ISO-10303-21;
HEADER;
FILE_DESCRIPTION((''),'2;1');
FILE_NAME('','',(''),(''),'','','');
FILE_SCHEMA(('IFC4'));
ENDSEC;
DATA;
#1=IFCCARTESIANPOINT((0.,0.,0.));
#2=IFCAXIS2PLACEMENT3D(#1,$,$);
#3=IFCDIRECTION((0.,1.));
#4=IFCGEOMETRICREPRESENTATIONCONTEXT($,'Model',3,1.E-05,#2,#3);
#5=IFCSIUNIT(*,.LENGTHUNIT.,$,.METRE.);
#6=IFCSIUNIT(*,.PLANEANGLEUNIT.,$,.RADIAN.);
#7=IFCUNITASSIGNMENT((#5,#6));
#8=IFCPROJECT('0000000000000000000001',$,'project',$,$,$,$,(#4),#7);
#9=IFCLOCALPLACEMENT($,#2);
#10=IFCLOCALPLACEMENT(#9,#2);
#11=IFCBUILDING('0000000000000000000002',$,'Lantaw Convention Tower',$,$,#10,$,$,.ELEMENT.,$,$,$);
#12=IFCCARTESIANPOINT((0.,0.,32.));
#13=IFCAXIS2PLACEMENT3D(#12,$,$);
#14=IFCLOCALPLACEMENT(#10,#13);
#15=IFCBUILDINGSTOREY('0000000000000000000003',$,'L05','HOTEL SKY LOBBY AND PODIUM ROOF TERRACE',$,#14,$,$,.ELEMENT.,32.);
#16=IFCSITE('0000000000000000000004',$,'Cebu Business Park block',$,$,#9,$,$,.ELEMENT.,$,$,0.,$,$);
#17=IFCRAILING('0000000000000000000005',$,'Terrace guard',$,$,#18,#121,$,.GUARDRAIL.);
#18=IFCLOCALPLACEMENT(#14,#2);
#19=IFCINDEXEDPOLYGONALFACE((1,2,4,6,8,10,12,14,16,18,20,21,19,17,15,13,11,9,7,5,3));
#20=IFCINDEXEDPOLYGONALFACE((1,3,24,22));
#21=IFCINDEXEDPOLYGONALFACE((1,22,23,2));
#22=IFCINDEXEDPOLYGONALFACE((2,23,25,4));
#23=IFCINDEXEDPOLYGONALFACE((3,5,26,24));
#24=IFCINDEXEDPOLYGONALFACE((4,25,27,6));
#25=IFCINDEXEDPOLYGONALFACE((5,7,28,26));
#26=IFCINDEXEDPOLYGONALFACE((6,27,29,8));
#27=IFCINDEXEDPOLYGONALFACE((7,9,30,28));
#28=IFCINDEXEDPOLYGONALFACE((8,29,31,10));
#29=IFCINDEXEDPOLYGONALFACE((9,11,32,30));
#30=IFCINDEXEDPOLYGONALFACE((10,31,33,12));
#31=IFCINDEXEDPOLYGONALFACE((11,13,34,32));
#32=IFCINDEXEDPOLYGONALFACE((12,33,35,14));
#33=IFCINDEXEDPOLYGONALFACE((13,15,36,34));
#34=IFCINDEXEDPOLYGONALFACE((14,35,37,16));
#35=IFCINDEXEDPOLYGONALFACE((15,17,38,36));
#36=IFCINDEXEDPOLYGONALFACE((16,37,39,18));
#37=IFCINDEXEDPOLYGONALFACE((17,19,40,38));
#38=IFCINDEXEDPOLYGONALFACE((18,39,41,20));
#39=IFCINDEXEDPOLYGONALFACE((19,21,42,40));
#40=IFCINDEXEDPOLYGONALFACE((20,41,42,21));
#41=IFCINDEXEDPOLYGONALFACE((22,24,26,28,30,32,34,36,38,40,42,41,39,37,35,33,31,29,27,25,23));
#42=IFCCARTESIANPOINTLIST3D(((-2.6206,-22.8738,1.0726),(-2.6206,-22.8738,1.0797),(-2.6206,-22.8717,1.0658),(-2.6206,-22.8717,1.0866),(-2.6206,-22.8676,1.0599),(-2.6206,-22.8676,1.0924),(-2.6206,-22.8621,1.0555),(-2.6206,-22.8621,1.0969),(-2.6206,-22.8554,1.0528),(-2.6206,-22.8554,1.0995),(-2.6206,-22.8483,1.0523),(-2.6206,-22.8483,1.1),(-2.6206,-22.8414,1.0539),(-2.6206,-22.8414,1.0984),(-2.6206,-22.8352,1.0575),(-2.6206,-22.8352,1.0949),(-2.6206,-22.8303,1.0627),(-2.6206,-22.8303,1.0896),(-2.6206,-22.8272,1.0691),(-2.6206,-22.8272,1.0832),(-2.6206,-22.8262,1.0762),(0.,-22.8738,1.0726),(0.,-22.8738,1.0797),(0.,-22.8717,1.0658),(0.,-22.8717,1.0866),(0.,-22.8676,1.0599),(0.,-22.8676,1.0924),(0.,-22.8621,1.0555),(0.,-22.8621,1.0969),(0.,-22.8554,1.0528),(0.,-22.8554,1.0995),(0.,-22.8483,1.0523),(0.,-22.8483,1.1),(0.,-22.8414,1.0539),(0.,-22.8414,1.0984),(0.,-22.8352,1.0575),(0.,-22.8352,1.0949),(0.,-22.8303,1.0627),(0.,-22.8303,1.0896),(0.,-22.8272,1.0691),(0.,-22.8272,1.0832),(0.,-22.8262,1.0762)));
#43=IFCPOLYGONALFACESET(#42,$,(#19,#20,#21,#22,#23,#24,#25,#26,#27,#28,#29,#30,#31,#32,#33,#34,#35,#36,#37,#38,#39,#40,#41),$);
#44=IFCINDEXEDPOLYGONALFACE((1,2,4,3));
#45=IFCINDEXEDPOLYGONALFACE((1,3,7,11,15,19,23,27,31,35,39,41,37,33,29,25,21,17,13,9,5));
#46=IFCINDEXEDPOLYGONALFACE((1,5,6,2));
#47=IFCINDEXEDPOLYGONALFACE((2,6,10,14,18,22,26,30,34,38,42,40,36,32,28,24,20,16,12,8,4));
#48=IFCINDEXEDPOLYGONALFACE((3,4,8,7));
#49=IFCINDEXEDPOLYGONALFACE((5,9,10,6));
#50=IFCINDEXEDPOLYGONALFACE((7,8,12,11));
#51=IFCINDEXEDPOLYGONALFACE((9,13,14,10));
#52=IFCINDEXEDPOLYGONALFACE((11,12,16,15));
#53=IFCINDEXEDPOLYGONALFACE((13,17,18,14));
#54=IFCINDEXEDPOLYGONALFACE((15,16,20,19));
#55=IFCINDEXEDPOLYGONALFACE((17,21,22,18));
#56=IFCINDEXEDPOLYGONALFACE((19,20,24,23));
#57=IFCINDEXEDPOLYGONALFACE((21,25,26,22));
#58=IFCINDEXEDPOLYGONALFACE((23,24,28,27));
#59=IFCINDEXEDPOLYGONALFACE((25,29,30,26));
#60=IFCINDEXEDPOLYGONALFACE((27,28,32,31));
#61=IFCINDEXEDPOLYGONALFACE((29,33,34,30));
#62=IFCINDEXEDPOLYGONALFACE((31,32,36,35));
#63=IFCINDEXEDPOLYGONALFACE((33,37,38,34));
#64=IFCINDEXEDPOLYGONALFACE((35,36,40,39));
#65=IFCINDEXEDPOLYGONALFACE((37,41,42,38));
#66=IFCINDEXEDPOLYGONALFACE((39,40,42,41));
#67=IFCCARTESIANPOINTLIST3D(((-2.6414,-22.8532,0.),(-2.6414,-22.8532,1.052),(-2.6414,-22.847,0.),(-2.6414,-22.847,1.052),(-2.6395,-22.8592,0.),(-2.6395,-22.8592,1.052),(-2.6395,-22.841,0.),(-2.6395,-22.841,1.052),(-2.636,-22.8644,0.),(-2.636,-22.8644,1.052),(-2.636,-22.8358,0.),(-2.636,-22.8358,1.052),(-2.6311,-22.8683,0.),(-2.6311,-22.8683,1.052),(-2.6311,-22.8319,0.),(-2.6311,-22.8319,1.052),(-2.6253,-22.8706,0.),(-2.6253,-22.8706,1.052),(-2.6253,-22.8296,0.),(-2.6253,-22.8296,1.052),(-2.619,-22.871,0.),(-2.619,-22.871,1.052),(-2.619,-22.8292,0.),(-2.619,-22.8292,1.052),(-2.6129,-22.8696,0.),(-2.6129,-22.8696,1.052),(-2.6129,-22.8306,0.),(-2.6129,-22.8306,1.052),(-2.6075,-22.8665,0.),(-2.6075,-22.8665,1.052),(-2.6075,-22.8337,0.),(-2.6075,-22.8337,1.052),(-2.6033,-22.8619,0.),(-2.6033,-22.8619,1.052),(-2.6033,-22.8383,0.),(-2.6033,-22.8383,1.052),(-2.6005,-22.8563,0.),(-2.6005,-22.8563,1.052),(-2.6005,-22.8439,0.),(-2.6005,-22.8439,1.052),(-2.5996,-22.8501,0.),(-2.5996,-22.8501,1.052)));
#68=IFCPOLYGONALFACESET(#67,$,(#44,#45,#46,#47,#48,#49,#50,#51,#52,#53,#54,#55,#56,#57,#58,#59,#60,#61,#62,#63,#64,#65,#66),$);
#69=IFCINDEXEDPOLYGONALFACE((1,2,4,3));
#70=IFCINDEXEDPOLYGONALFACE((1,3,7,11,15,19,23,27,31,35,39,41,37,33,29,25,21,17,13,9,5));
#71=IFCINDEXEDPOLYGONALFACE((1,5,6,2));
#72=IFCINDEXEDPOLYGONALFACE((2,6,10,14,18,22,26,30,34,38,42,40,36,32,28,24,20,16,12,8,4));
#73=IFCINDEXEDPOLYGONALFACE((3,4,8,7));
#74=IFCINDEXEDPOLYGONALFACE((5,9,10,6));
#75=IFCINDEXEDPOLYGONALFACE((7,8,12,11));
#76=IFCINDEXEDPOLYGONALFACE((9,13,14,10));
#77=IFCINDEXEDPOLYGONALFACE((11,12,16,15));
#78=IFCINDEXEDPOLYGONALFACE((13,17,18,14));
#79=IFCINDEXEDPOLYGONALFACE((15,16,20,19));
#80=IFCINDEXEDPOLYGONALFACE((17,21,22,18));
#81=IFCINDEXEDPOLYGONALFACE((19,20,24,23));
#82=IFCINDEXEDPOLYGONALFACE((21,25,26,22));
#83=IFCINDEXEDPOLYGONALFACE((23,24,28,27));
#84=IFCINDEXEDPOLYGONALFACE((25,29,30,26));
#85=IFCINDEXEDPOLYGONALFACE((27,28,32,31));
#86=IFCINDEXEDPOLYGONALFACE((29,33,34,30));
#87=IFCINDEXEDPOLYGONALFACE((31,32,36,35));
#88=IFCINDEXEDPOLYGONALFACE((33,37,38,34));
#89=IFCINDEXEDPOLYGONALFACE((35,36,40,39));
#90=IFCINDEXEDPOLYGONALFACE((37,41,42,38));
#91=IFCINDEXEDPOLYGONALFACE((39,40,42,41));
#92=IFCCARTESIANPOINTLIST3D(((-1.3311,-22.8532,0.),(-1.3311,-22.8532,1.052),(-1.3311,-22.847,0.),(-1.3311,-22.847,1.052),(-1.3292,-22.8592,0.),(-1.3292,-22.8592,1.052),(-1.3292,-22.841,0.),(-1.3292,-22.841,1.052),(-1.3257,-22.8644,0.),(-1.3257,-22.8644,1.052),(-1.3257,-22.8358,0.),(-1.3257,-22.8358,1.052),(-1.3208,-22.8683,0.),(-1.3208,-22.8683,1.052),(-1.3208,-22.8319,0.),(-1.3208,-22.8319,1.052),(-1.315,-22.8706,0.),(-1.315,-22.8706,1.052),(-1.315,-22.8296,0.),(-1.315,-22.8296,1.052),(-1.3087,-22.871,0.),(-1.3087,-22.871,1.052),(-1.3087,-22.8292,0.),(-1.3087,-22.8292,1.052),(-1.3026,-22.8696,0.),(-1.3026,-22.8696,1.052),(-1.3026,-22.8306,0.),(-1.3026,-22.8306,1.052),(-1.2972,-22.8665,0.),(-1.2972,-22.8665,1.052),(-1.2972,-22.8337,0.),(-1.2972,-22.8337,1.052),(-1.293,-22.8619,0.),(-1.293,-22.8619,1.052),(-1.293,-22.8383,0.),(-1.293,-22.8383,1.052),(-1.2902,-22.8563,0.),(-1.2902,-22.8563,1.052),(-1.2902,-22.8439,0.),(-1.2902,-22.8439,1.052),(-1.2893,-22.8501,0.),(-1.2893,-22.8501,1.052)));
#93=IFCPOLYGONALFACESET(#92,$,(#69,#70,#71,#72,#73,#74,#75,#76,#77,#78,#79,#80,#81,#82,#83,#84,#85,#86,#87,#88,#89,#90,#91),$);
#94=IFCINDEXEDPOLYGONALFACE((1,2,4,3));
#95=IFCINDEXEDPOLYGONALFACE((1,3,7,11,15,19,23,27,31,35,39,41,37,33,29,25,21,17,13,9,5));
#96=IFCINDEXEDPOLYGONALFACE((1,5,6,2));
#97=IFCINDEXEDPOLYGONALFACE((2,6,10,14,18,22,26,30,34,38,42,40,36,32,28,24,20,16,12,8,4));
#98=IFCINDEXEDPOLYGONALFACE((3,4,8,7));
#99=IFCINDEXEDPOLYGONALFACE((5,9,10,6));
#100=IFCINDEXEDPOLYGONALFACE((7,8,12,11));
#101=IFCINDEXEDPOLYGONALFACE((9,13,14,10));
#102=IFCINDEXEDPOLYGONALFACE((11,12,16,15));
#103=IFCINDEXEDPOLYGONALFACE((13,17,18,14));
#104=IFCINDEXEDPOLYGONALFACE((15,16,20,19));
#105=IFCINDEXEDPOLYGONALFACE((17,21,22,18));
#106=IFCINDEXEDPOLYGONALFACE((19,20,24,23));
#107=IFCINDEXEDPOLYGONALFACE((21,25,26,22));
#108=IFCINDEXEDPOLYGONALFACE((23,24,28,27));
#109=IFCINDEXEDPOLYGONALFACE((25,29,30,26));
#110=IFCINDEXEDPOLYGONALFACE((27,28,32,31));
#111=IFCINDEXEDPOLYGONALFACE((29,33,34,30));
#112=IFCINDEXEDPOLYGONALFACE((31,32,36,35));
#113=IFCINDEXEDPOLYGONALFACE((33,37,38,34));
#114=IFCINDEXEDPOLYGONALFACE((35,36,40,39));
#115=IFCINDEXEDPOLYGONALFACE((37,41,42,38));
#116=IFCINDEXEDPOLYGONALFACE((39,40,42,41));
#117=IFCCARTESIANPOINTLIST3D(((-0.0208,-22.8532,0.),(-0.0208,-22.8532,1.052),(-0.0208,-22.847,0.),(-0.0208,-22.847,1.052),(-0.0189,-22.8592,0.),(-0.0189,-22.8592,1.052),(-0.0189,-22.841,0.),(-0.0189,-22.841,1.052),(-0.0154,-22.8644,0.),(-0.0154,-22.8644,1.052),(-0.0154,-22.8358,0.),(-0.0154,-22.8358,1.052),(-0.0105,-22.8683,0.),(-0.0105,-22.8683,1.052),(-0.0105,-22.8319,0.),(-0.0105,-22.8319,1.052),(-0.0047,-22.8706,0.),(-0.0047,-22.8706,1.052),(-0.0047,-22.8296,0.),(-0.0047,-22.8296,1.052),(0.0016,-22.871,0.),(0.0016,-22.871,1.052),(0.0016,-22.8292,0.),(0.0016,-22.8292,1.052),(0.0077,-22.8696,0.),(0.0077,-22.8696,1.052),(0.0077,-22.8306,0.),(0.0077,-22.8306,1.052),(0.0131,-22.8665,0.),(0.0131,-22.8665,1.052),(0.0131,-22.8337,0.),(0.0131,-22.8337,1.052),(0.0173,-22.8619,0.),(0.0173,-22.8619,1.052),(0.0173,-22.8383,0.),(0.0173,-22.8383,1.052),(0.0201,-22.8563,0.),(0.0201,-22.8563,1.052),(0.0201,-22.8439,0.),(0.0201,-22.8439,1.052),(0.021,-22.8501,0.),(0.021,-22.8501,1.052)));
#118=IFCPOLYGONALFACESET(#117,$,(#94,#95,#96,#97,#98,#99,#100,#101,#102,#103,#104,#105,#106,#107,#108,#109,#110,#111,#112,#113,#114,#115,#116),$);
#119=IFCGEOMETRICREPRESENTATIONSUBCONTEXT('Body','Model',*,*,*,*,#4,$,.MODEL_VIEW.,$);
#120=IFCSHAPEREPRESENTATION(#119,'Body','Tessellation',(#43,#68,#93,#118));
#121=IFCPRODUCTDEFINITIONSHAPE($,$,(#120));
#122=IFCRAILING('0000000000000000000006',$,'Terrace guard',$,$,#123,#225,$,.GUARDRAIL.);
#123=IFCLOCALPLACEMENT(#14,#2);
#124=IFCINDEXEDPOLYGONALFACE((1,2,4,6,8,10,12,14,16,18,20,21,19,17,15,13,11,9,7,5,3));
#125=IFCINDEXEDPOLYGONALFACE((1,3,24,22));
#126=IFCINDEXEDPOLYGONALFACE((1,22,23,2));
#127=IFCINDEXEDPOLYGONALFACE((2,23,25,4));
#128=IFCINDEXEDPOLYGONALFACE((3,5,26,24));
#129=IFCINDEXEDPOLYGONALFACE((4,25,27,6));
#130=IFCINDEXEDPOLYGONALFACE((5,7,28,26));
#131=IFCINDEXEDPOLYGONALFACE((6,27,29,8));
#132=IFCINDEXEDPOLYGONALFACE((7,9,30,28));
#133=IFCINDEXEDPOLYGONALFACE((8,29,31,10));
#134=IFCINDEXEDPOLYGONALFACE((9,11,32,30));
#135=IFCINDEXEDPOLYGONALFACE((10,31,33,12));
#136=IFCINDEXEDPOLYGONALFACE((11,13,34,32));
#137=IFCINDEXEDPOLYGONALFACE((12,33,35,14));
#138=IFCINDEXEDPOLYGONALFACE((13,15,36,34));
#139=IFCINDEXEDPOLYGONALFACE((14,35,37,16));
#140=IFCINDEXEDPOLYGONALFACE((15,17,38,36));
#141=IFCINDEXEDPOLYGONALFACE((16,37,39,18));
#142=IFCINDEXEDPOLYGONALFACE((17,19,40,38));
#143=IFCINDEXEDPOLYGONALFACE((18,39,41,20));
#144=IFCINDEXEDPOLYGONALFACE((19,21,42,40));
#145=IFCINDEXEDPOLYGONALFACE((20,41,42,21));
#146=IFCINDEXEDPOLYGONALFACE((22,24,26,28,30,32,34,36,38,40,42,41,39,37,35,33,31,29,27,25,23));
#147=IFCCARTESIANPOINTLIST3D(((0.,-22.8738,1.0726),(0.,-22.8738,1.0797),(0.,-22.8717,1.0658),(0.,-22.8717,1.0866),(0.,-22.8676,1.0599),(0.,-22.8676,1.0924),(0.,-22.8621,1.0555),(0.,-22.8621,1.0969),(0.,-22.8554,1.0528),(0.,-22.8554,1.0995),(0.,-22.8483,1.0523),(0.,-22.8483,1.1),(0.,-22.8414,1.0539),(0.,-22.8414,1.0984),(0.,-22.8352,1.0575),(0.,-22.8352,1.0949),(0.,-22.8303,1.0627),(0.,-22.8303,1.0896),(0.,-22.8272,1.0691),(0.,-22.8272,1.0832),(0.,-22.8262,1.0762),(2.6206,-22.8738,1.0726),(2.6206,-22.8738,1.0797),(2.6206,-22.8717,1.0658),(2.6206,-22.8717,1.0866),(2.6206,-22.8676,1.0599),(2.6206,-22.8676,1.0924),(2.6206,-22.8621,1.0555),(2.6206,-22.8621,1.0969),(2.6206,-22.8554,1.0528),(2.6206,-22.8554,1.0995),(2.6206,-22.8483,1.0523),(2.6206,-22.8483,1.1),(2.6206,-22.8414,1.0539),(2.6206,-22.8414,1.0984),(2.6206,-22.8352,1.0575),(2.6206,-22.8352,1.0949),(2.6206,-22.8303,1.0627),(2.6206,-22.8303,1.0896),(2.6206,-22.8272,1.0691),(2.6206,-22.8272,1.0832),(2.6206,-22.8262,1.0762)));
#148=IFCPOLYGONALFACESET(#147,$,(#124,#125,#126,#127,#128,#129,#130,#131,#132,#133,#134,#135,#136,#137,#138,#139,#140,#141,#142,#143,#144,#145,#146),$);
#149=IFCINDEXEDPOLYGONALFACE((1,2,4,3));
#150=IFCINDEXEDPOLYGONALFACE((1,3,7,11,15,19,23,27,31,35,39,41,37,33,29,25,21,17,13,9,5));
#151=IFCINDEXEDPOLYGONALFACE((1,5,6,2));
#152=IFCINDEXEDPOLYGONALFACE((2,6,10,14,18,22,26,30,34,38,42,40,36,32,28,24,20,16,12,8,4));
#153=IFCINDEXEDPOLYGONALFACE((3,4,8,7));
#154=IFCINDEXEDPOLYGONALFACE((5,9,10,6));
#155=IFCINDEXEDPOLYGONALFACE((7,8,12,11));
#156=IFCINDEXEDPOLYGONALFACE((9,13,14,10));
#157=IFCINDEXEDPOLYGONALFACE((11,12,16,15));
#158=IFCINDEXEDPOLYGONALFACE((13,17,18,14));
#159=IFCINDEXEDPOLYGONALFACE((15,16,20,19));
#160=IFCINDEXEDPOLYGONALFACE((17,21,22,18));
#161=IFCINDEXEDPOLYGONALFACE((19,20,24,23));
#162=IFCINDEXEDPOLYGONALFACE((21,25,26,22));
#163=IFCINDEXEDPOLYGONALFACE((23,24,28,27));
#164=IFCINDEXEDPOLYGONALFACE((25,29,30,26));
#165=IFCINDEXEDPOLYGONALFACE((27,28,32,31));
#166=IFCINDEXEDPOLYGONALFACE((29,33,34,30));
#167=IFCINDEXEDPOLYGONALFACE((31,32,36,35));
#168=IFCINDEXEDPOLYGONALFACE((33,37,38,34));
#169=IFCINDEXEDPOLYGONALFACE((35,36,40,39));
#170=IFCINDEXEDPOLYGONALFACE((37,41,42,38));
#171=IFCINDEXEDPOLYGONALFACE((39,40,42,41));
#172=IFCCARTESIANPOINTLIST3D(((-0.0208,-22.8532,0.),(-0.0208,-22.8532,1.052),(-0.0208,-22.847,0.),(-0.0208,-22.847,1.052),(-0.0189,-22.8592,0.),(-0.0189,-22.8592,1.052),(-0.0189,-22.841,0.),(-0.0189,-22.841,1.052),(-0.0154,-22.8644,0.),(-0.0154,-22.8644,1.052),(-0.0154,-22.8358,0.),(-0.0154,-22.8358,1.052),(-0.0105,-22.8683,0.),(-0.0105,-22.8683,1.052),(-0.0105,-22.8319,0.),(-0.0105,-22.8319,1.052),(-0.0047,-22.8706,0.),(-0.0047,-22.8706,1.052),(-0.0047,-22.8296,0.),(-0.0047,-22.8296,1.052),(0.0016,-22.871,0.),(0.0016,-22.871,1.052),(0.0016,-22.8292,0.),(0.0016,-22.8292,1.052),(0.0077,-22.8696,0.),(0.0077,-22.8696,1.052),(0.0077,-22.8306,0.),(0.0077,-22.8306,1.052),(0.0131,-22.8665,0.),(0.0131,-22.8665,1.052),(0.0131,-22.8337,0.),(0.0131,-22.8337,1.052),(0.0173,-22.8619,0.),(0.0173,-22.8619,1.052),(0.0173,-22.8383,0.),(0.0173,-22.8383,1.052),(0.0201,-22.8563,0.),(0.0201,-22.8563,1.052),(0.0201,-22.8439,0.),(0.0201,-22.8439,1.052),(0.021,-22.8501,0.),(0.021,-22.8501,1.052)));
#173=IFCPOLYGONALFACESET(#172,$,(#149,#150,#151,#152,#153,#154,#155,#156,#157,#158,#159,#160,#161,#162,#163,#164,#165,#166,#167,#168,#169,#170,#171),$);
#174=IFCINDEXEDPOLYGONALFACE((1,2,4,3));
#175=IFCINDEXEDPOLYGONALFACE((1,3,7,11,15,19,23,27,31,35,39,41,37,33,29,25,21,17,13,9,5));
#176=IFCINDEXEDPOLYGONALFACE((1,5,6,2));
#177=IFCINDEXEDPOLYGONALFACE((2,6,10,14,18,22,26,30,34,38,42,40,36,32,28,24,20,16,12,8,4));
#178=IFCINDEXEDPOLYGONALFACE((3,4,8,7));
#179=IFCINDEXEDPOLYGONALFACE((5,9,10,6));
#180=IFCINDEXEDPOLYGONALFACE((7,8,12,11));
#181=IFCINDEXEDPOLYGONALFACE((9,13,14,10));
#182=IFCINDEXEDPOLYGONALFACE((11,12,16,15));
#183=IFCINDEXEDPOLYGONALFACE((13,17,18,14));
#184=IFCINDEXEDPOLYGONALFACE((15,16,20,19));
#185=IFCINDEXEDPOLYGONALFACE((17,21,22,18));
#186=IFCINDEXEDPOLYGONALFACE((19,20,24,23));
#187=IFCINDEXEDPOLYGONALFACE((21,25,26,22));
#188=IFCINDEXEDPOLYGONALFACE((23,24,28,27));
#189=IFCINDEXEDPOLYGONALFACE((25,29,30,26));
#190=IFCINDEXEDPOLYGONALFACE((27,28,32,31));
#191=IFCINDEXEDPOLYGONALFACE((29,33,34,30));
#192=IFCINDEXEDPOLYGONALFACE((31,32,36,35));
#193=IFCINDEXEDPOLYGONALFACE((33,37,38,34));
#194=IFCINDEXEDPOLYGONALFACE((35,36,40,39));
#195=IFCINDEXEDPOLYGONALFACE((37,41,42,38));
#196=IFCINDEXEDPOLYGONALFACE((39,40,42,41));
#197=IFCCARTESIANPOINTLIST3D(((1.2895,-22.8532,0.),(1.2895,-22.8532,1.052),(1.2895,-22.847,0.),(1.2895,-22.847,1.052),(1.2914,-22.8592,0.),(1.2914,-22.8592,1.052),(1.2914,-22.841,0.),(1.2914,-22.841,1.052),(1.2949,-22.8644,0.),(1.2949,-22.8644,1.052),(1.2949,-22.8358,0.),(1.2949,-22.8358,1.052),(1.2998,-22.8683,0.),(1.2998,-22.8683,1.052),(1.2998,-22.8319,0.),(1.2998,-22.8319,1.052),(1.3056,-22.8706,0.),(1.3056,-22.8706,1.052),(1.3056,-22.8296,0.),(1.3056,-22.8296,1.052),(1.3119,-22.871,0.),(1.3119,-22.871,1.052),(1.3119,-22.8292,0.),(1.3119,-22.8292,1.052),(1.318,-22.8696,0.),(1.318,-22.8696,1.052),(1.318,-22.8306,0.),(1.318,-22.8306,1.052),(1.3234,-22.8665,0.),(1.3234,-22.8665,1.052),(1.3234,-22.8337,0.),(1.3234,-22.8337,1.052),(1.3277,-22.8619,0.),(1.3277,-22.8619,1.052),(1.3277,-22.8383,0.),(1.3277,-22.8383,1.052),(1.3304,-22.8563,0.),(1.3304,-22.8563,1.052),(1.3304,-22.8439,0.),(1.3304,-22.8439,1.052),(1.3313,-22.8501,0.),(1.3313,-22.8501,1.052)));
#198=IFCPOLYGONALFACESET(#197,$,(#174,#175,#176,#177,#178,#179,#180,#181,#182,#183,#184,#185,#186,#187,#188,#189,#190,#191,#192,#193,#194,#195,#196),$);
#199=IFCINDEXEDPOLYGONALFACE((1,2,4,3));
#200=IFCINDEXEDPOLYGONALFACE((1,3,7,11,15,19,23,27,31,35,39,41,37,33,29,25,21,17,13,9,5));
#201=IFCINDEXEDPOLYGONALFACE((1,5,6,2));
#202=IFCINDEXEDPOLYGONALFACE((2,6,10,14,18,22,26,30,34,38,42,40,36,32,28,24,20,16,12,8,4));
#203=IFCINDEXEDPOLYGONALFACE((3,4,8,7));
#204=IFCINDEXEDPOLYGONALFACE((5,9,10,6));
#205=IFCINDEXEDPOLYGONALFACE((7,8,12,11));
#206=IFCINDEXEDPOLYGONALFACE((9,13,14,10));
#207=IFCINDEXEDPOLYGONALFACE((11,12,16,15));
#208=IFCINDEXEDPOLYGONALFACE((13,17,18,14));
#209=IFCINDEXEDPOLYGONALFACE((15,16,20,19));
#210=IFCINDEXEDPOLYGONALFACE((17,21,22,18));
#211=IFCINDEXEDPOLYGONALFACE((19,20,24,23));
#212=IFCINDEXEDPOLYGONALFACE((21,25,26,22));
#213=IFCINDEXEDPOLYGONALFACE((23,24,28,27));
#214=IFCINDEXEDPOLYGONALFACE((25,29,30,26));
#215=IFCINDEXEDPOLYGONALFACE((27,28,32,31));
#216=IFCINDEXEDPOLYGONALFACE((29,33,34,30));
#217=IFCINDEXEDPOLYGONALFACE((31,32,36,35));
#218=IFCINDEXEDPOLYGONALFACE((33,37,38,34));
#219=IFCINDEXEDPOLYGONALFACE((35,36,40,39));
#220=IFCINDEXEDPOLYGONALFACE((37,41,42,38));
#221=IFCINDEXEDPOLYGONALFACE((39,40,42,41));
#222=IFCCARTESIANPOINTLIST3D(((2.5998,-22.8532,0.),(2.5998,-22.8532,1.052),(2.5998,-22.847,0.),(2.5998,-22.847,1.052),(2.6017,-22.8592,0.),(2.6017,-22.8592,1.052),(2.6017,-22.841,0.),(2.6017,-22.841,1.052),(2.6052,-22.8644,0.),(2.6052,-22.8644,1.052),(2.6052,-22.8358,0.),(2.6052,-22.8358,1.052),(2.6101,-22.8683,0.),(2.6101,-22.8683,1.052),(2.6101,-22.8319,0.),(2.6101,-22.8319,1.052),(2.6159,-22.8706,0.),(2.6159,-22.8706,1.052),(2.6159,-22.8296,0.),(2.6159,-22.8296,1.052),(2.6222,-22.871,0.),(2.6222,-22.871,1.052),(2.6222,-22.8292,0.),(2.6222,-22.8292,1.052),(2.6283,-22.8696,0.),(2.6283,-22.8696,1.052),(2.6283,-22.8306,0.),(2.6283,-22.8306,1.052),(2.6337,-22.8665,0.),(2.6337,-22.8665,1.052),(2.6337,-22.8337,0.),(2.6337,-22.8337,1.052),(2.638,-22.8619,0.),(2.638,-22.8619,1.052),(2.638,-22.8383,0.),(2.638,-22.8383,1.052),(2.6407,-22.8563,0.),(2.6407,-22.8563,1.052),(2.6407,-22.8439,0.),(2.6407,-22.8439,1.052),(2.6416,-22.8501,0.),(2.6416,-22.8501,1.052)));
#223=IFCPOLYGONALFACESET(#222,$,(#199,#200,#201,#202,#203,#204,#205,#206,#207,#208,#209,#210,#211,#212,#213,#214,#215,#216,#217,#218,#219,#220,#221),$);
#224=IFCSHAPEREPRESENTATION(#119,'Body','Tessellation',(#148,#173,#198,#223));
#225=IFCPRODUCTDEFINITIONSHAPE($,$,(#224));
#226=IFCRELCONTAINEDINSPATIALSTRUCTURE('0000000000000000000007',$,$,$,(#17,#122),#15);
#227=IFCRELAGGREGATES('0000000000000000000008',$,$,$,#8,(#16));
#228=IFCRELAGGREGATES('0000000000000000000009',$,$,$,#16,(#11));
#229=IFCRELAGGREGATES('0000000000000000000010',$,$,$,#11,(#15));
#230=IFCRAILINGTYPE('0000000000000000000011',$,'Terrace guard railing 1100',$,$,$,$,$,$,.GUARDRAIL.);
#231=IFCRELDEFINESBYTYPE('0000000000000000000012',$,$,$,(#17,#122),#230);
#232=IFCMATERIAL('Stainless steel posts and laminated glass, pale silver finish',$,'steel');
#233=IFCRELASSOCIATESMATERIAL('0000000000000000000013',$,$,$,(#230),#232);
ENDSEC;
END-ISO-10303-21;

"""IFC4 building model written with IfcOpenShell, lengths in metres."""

from ifc_helpers import new_model, si_unit, direction, frame, origin, origin_2d, place, context, subcontext, project, spatial, circle, extrude, material, type_object, element, save


model = new_model("IFC4")

# Units and contexts
model_context = context("Model", 3, precision=1e-05, world=origin(), true_north=direction((0.0, 1.0)))
body_context = subcontext(model_context, "Body", "Model", "MODEL_VIEW")
ifc_project = project(units=[si_unit("LENGTHUNIT", "METRE"), si_unit("PLANEANGLEUNIT", "RADIAN")], contexts=[model_context])

# Site, building, storey
site_placement = place(None, origin())
site = spatial("IfcSite", under=ifc_project, at=site_placement, Name="Cebu Business Park block", CompositionType="ELEMENT", RefElevation=0.0)
building_placement = place(site_placement, origin())
building = spatial("IfcBuilding", under=site, at=building_placement, Name="Lantaw Convention Tower", CompositionType="ELEMENT")
storey_placement = place(building_placement, frame((0.0, 0.0, 32.0)))
storey = spatial("IfcBuildingStorey", under=building, at=storey_placement, Name="L05", Description="HOTEL SKY LOBBY AND PODIUM ROOF TERRACE", CompositionType="ELEMENT", Elevation=32.0)

# Railings
ifc_material_1 = material(Name="Stainless steel posts and laminated glass, pale silver finish", Category="steel")
railing_type = type_object("IfcRailingType", Name="Terrace guard railing 1100", PredefinedType="GUARDRAIL", material=ifc_material_1)
for number, where, name in (
    (1, (-2.6206, -22.8501, 0.0), "Terrace guard"),
    (2, (0.0, -22.8501, 0.0), "Terrace guard"),
):
    element("IfcRailing", number, at=place(storey_placement, frame(where)), inside=storey, type_object=railing_type, Name=name, PredefinedType="GUARDRAIL", context=body_context, shape_type="SweptSolid", body=[
        extrude(circle(Radius=0.0239, at=origin_2d()), frame((0.0, 0.0, 1.0762), z_axis=(1.0, 0.0, 0.0), x_axis=(0.0, 1.0, 0.0)), (0.0, 0.0, 1.0), 2.6206),
        extrude(circle(Radius=0.021, at=origin_2d()), origin(), (0.0, 0.0, 1.0), 1.052),
        extrude(circle(Radius=0.021, at=origin_2d()), frame((1.3103, 0.0, 0.0)), (0.0, 0.0, 1.0), 1.052),
        extrude(circle(Radius=0.021, at=origin_2d()), frame((2.6206, 0.0, 0.0)), (0.0, 0.0, 1.0), 1.052),
    ])

save(model, "model.ifc")
